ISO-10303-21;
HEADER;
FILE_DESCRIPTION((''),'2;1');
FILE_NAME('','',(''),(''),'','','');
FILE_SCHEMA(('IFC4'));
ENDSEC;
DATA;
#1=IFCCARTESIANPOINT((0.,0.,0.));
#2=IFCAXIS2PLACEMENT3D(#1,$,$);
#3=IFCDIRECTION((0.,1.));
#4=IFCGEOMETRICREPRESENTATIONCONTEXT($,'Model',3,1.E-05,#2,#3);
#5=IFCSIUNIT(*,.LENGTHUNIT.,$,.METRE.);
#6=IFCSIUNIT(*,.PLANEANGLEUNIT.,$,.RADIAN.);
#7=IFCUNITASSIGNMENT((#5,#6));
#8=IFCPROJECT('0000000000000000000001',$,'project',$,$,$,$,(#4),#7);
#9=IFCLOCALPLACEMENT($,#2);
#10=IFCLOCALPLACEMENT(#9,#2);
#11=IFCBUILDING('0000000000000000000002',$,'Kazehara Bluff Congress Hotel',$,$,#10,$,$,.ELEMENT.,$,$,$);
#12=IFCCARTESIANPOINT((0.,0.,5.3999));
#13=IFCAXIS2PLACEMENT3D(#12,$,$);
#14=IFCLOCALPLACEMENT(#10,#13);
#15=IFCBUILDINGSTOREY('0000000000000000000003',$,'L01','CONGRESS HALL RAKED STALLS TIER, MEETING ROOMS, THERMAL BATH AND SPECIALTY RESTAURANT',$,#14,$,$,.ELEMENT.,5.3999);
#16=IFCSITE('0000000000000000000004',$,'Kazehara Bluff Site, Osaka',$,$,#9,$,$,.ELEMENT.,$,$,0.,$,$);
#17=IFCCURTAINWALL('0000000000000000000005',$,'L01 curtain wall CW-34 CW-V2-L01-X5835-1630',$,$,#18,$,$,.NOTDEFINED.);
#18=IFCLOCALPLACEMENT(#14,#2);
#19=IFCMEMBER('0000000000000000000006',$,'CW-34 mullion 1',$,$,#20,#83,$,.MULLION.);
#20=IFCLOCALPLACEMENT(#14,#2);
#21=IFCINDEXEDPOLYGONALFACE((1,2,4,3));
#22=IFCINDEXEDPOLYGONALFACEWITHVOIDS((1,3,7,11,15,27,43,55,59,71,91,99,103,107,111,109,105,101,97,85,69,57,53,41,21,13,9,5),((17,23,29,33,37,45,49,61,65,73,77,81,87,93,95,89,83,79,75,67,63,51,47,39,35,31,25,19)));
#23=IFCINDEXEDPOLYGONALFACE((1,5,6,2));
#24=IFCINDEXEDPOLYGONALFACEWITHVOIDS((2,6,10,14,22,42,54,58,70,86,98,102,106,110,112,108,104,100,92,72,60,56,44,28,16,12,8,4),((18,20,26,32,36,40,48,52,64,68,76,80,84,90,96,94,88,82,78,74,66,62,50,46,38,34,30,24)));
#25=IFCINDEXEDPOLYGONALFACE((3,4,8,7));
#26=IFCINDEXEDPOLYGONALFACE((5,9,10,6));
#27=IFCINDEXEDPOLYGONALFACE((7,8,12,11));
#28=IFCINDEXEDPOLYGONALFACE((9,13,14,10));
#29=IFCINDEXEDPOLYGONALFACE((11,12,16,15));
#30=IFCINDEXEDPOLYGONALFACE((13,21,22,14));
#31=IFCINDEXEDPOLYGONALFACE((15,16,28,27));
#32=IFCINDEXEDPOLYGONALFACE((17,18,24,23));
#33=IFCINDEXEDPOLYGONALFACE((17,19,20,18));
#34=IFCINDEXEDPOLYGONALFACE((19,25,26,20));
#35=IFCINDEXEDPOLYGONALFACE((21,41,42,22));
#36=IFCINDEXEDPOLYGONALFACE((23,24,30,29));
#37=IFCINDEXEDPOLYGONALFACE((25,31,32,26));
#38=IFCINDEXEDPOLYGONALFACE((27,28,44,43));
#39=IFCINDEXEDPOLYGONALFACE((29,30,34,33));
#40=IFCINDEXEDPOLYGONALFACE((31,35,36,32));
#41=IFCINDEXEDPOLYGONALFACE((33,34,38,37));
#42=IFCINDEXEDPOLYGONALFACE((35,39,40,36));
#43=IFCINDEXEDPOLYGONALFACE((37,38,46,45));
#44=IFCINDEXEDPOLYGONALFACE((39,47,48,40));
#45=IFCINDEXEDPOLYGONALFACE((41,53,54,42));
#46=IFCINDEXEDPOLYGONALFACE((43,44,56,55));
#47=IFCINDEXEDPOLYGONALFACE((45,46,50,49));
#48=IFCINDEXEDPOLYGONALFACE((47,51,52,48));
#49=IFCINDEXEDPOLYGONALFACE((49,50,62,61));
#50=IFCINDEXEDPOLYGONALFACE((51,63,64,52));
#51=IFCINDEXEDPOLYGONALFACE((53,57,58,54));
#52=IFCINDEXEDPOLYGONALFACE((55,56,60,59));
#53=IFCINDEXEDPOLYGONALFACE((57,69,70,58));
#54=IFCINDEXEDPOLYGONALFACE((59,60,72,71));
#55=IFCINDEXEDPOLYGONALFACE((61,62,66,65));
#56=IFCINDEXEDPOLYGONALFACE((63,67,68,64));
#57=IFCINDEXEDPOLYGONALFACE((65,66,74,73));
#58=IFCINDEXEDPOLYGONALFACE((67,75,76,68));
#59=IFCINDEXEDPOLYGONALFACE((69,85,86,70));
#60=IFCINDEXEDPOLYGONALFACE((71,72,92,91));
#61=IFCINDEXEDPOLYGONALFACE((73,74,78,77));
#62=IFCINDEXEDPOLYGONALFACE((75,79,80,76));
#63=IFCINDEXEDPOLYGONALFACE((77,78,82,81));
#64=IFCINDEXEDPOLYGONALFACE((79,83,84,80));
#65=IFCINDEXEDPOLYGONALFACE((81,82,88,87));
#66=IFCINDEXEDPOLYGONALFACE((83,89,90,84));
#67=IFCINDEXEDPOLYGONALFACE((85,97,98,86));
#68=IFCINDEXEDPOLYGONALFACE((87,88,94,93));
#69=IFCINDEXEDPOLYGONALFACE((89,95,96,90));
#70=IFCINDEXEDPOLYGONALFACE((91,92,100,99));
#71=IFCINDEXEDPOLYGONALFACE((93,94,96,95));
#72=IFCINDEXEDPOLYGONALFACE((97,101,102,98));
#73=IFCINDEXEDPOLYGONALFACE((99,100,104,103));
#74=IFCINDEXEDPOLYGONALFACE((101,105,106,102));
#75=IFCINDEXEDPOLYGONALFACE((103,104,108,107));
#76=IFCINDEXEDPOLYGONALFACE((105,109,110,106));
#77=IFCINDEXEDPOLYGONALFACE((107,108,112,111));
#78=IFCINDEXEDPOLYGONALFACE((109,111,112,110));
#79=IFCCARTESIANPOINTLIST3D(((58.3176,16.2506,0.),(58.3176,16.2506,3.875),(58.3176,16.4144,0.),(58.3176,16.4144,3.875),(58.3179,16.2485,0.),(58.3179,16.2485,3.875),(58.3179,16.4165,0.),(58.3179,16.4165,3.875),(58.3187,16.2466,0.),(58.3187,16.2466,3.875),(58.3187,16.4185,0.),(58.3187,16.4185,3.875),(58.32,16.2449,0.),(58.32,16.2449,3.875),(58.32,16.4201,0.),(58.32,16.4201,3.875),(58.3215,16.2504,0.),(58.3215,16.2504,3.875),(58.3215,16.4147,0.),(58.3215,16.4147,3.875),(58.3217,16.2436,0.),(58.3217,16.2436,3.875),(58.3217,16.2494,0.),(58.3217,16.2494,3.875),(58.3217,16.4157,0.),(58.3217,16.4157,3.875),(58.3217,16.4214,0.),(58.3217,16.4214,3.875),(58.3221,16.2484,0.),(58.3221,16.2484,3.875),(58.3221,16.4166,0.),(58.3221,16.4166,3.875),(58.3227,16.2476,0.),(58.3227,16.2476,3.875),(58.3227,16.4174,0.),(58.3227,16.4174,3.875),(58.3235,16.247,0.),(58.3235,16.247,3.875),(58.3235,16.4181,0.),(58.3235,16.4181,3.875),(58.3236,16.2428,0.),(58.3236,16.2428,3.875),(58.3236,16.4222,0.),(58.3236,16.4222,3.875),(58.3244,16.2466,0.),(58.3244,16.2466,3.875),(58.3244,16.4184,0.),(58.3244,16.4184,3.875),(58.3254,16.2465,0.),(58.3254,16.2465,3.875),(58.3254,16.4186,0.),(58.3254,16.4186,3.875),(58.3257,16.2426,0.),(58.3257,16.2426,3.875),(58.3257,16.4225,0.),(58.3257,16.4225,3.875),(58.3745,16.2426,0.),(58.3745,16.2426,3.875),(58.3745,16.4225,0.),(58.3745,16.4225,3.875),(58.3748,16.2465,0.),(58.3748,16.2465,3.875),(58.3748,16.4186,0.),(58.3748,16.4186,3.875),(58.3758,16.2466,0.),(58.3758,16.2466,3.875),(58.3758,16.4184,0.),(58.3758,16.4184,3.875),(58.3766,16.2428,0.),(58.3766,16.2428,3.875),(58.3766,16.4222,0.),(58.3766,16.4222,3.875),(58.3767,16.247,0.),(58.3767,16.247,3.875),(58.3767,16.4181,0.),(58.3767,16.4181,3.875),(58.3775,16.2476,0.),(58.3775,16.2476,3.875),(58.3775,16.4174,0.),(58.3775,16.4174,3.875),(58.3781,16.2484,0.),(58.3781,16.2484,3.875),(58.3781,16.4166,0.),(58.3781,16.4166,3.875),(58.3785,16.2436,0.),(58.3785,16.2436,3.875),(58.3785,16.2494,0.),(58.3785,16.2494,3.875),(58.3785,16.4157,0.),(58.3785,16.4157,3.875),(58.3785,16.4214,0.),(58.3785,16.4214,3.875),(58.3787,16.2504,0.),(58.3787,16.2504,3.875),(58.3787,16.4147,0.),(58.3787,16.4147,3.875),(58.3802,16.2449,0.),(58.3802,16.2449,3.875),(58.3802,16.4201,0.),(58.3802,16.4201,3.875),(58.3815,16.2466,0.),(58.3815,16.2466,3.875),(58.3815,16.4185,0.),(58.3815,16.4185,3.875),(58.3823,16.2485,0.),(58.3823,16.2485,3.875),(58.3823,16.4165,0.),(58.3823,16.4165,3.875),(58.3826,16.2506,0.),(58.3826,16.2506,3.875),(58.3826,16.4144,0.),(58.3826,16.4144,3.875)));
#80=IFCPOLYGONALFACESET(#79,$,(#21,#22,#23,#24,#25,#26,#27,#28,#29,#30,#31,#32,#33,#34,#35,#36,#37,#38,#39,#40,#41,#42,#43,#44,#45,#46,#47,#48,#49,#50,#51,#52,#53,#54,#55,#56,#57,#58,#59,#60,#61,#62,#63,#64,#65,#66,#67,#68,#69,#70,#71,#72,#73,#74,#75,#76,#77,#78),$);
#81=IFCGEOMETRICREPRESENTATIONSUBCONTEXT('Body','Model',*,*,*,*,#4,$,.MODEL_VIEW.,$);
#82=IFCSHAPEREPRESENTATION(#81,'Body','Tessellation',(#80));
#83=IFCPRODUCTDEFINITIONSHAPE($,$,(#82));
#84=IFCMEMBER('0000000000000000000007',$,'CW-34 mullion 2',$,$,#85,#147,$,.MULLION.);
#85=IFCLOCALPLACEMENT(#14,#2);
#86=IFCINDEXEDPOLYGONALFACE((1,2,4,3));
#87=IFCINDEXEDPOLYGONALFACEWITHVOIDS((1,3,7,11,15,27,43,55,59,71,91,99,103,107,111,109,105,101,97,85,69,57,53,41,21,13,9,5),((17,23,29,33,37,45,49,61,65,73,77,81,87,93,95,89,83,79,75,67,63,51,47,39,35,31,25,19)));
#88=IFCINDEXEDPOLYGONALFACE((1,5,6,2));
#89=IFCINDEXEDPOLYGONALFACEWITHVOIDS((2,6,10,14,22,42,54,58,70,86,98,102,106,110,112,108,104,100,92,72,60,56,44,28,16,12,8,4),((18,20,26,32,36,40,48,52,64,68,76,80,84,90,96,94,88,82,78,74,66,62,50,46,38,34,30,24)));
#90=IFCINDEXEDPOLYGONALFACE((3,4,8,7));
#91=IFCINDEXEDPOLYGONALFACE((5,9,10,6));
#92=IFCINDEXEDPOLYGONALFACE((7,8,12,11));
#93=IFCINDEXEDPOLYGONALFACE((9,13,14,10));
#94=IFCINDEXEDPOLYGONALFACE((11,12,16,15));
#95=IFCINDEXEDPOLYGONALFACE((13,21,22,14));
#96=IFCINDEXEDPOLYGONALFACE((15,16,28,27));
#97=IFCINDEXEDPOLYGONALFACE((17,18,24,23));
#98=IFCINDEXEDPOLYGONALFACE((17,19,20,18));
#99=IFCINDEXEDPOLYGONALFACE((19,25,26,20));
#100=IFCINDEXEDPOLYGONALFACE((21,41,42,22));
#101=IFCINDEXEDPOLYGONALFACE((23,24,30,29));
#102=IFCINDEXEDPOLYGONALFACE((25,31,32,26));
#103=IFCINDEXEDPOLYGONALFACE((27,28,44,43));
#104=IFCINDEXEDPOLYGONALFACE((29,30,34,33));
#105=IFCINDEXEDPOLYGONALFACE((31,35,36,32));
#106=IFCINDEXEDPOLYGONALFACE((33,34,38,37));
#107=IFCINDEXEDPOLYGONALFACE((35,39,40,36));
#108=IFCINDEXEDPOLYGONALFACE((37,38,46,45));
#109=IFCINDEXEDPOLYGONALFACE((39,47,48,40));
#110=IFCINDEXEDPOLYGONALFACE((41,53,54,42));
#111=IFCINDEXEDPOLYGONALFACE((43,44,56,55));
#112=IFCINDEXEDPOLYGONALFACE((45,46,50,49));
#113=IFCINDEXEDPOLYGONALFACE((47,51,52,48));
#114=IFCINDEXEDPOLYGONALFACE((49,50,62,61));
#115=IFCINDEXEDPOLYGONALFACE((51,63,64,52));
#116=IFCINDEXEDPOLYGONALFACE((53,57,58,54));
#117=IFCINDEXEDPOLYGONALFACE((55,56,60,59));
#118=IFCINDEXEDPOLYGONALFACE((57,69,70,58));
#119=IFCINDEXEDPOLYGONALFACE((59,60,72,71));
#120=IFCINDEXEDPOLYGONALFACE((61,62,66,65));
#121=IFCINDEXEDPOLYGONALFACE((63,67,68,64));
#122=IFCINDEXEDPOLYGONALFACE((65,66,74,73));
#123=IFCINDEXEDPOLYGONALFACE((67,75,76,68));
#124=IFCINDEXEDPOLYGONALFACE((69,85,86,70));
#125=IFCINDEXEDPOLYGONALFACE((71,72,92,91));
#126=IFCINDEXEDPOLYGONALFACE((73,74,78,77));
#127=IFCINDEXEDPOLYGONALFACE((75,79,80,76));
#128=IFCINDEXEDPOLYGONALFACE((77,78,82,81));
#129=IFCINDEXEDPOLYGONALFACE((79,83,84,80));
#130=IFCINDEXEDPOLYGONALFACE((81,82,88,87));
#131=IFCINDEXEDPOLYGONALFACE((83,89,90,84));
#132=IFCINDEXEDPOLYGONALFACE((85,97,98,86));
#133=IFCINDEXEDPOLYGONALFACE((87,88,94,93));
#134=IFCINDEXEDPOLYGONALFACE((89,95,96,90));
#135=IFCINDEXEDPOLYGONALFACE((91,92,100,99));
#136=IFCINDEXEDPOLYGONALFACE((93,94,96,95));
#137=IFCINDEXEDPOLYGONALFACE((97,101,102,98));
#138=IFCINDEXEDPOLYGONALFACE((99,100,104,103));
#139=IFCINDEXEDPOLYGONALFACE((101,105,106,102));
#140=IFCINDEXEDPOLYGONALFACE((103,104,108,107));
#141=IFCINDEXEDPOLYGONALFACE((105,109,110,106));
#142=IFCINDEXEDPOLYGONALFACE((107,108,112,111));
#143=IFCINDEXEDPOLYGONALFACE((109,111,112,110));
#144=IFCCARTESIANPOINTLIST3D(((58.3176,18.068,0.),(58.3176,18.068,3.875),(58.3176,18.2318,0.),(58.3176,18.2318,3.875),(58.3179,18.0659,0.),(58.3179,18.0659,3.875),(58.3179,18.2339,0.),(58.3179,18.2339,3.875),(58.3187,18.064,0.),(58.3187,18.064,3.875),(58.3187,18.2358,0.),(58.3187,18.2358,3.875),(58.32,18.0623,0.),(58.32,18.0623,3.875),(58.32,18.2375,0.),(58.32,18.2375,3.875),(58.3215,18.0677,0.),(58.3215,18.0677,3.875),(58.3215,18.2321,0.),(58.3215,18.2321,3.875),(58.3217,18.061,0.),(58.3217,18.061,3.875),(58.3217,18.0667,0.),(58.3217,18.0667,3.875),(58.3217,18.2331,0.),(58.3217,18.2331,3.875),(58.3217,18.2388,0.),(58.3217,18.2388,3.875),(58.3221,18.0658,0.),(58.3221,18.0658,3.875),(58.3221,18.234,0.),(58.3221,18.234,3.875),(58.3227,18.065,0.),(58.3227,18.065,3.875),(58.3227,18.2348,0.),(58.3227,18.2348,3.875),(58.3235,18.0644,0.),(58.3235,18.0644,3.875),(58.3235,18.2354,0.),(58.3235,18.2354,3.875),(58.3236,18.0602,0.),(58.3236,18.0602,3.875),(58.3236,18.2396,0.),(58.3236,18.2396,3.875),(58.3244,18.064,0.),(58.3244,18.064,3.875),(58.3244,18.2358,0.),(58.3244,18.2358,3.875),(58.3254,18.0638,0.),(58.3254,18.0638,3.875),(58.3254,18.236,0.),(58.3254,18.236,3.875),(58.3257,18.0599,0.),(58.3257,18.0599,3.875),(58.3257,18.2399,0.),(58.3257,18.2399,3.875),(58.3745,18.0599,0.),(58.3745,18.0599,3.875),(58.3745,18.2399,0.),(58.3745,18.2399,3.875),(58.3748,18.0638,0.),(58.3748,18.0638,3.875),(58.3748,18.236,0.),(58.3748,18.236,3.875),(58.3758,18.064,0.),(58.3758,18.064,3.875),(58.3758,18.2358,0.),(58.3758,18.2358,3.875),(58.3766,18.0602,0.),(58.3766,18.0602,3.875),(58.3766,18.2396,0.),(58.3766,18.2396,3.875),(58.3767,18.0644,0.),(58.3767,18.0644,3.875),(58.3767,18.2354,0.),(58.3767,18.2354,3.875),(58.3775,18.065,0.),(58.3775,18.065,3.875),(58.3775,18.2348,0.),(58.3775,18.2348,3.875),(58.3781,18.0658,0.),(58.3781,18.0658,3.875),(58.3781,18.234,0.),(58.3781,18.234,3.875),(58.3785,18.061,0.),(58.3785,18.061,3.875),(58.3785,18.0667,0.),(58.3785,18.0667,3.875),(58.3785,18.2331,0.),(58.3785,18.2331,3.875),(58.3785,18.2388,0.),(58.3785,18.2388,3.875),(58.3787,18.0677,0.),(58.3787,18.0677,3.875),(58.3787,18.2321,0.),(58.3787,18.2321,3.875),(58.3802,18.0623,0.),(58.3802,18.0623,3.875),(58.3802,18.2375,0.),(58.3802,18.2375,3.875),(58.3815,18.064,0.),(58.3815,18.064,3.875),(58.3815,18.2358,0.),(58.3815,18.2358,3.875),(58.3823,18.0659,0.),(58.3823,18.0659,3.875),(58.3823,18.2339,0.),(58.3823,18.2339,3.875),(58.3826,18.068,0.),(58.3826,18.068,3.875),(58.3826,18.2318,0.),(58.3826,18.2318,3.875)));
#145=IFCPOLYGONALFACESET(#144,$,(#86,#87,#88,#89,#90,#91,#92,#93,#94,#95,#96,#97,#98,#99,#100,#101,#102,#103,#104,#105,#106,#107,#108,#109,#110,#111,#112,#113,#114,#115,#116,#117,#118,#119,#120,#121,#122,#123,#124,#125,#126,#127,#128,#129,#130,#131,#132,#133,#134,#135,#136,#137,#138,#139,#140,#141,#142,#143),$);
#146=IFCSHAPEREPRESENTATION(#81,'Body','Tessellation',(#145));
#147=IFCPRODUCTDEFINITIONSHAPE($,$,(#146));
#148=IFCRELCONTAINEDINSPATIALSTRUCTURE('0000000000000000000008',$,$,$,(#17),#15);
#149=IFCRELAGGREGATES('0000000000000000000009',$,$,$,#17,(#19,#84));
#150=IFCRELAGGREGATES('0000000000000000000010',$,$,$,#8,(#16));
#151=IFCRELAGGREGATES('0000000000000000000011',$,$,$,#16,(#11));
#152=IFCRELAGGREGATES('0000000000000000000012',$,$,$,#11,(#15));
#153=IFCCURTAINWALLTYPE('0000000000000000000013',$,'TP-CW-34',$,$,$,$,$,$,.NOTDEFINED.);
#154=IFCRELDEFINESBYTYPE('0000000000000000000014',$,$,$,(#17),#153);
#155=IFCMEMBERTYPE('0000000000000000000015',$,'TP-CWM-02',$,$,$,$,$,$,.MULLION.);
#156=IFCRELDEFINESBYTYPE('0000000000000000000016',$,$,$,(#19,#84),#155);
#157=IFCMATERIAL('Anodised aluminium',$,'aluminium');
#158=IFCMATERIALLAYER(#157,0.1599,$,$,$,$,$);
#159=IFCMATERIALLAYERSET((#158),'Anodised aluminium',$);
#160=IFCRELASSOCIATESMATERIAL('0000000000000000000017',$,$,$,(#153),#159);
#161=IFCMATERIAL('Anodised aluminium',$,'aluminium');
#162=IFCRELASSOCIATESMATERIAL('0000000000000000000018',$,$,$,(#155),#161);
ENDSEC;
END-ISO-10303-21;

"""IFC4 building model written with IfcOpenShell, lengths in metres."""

from ifc_helpers import new_model, si_unit, direction, frame, origin, origin_2d, place, context, subcontext, project, spatial, hollow_rectangle, extrude, material, layer, layer_set, material_profile, profile_set, type_object, element, aggregate, save


model = new_model("IFC4")

# Units and contexts
model_context = context("Model", 3, precision=1e-05, world=origin(), true_north=direction((0.0, 1.0)))
body_context = subcontext(model_context, "Body", "Model", "MODEL_VIEW")
ifc_project = project(units=[si_unit("LENGTHUNIT", "METRE"), si_unit("PLANEANGLEUNIT", "RADIAN")], contexts=[model_context])

# Site, building, storey
site_placement = place(None, origin())
site = spatial("IfcSite", under=ifc_project, at=site_placement, Name="Kazehara Bluff Site, Osaka", CompositionType="ELEMENT", RefElevation=0.0)
building_placement = place(site_placement, origin())
building = spatial("IfcBuilding", under=site, at=building_placement, Name="Kazehara Bluff Congress Hotel", CompositionType="ELEMENT")
storey_placement = place(building_placement, frame((0.0, 0.0, 5.3999)))
storey = spatial("IfcBuildingStorey", under=building, at=storey_placement, Name="L01", Description="CONGRESS HALL RAKED STALLS TIER, MEETING ROOMS, THERMAL BATH AND SPECIALTY RESTAURANT", CompositionType="ELEMENT", Elevation=5.3999)

# Curtain wall, members
ifc_material_1 = material(Name="Anodised aluminium", Category="aluminium")
ifc_layer_1 = layer(ifc_material_1, 0.1599)
ifc_layer_set_1 = layer_set([ifc_layer_1], Name="Anodised aluminium")
curtain_wall_type = type_object("IfcCurtainWallType", Name="TP-CW-34", PredefinedType="NOTDEFINED", material=ifc_layer_set_1)
ifc_material_2 = material(Name="Anodised aluminium", Category="aluminium")
ifc_material_profile_1 = material_profile(ifc_material_2, hollow_rectangle(XDim=0.0649, YDim=0.1799, WallThickness=0.0039, InnerFilletRadius=0.0039, OuterFilletRadius=0.0081, at=origin_2d()))
ifc_profile_set_1 = profile_set([ifc_material_profile_1], Name="Anodised aluminium")
member_type_1 = type_object("IfcMemberType", Name="TP-CWM-02", PredefinedType="MULLION", material=ifc_profile_set_1)
curtain_wall_1_placement = place(storey_placement, origin())
curtain_wall_1 = element("IfcCurtainWall", 1, at=curtain_wall_1_placement, inside=storey, type_object=curtain_wall_type, Name="L01 curtain wall CW-34 CW-V2-L01-X5835-1630", PredefinedType="NOTDEFINED")
member_1_placement = place(storey_placement, frame((58.3501, 16.3325, 0.0), z_axis=(0.0, 0.0, 1.0), x_axis=(-1.0, 0.0, 0.0)))
member_1 = element("IfcMember", 2, at=member_1_placement, type_object=member_type_1, Name="CW-34 mullion 1", PredefinedType="MULLION", context=body_context, shape_type="SweptSolid", body=[
    extrude(hollow_rectangle(XDim=0.0649, YDim=0.1799, WallThickness=0.0039, InnerFilletRadius=0.0039, OuterFilletRadius=0.0081, at=origin_2d()), origin(), (0.0, 0.0, 1.0), 3.875),
])
member_2_placement = place(storey_placement, frame((58.3501, 18.1499, 0.0), z_axis=(0.0, 0.0, 1.0), x_axis=(-1.0, 0.0, 0.0)))
member_2 = element("IfcMember", 3, at=member_2_placement, type_object=member_type_1, Name="CW-34 mullion 2", PredefinedType="MULLION", context=body_context, shape_type="SweptSolid", body=[
    extrude(hollow_rectangle(XDim=0.0649, YDim=0.1799, WallThickness=0.0039, InnerFilletRadius=0.0039, OuterFilletRadius=0.0081, at=origin_2d()), origin(), (0.0, 0.0, 1.0), 3.875),
])

aggregate(curtain_wall_1, [member_1, member_2])

save(model, "model.ifc")
